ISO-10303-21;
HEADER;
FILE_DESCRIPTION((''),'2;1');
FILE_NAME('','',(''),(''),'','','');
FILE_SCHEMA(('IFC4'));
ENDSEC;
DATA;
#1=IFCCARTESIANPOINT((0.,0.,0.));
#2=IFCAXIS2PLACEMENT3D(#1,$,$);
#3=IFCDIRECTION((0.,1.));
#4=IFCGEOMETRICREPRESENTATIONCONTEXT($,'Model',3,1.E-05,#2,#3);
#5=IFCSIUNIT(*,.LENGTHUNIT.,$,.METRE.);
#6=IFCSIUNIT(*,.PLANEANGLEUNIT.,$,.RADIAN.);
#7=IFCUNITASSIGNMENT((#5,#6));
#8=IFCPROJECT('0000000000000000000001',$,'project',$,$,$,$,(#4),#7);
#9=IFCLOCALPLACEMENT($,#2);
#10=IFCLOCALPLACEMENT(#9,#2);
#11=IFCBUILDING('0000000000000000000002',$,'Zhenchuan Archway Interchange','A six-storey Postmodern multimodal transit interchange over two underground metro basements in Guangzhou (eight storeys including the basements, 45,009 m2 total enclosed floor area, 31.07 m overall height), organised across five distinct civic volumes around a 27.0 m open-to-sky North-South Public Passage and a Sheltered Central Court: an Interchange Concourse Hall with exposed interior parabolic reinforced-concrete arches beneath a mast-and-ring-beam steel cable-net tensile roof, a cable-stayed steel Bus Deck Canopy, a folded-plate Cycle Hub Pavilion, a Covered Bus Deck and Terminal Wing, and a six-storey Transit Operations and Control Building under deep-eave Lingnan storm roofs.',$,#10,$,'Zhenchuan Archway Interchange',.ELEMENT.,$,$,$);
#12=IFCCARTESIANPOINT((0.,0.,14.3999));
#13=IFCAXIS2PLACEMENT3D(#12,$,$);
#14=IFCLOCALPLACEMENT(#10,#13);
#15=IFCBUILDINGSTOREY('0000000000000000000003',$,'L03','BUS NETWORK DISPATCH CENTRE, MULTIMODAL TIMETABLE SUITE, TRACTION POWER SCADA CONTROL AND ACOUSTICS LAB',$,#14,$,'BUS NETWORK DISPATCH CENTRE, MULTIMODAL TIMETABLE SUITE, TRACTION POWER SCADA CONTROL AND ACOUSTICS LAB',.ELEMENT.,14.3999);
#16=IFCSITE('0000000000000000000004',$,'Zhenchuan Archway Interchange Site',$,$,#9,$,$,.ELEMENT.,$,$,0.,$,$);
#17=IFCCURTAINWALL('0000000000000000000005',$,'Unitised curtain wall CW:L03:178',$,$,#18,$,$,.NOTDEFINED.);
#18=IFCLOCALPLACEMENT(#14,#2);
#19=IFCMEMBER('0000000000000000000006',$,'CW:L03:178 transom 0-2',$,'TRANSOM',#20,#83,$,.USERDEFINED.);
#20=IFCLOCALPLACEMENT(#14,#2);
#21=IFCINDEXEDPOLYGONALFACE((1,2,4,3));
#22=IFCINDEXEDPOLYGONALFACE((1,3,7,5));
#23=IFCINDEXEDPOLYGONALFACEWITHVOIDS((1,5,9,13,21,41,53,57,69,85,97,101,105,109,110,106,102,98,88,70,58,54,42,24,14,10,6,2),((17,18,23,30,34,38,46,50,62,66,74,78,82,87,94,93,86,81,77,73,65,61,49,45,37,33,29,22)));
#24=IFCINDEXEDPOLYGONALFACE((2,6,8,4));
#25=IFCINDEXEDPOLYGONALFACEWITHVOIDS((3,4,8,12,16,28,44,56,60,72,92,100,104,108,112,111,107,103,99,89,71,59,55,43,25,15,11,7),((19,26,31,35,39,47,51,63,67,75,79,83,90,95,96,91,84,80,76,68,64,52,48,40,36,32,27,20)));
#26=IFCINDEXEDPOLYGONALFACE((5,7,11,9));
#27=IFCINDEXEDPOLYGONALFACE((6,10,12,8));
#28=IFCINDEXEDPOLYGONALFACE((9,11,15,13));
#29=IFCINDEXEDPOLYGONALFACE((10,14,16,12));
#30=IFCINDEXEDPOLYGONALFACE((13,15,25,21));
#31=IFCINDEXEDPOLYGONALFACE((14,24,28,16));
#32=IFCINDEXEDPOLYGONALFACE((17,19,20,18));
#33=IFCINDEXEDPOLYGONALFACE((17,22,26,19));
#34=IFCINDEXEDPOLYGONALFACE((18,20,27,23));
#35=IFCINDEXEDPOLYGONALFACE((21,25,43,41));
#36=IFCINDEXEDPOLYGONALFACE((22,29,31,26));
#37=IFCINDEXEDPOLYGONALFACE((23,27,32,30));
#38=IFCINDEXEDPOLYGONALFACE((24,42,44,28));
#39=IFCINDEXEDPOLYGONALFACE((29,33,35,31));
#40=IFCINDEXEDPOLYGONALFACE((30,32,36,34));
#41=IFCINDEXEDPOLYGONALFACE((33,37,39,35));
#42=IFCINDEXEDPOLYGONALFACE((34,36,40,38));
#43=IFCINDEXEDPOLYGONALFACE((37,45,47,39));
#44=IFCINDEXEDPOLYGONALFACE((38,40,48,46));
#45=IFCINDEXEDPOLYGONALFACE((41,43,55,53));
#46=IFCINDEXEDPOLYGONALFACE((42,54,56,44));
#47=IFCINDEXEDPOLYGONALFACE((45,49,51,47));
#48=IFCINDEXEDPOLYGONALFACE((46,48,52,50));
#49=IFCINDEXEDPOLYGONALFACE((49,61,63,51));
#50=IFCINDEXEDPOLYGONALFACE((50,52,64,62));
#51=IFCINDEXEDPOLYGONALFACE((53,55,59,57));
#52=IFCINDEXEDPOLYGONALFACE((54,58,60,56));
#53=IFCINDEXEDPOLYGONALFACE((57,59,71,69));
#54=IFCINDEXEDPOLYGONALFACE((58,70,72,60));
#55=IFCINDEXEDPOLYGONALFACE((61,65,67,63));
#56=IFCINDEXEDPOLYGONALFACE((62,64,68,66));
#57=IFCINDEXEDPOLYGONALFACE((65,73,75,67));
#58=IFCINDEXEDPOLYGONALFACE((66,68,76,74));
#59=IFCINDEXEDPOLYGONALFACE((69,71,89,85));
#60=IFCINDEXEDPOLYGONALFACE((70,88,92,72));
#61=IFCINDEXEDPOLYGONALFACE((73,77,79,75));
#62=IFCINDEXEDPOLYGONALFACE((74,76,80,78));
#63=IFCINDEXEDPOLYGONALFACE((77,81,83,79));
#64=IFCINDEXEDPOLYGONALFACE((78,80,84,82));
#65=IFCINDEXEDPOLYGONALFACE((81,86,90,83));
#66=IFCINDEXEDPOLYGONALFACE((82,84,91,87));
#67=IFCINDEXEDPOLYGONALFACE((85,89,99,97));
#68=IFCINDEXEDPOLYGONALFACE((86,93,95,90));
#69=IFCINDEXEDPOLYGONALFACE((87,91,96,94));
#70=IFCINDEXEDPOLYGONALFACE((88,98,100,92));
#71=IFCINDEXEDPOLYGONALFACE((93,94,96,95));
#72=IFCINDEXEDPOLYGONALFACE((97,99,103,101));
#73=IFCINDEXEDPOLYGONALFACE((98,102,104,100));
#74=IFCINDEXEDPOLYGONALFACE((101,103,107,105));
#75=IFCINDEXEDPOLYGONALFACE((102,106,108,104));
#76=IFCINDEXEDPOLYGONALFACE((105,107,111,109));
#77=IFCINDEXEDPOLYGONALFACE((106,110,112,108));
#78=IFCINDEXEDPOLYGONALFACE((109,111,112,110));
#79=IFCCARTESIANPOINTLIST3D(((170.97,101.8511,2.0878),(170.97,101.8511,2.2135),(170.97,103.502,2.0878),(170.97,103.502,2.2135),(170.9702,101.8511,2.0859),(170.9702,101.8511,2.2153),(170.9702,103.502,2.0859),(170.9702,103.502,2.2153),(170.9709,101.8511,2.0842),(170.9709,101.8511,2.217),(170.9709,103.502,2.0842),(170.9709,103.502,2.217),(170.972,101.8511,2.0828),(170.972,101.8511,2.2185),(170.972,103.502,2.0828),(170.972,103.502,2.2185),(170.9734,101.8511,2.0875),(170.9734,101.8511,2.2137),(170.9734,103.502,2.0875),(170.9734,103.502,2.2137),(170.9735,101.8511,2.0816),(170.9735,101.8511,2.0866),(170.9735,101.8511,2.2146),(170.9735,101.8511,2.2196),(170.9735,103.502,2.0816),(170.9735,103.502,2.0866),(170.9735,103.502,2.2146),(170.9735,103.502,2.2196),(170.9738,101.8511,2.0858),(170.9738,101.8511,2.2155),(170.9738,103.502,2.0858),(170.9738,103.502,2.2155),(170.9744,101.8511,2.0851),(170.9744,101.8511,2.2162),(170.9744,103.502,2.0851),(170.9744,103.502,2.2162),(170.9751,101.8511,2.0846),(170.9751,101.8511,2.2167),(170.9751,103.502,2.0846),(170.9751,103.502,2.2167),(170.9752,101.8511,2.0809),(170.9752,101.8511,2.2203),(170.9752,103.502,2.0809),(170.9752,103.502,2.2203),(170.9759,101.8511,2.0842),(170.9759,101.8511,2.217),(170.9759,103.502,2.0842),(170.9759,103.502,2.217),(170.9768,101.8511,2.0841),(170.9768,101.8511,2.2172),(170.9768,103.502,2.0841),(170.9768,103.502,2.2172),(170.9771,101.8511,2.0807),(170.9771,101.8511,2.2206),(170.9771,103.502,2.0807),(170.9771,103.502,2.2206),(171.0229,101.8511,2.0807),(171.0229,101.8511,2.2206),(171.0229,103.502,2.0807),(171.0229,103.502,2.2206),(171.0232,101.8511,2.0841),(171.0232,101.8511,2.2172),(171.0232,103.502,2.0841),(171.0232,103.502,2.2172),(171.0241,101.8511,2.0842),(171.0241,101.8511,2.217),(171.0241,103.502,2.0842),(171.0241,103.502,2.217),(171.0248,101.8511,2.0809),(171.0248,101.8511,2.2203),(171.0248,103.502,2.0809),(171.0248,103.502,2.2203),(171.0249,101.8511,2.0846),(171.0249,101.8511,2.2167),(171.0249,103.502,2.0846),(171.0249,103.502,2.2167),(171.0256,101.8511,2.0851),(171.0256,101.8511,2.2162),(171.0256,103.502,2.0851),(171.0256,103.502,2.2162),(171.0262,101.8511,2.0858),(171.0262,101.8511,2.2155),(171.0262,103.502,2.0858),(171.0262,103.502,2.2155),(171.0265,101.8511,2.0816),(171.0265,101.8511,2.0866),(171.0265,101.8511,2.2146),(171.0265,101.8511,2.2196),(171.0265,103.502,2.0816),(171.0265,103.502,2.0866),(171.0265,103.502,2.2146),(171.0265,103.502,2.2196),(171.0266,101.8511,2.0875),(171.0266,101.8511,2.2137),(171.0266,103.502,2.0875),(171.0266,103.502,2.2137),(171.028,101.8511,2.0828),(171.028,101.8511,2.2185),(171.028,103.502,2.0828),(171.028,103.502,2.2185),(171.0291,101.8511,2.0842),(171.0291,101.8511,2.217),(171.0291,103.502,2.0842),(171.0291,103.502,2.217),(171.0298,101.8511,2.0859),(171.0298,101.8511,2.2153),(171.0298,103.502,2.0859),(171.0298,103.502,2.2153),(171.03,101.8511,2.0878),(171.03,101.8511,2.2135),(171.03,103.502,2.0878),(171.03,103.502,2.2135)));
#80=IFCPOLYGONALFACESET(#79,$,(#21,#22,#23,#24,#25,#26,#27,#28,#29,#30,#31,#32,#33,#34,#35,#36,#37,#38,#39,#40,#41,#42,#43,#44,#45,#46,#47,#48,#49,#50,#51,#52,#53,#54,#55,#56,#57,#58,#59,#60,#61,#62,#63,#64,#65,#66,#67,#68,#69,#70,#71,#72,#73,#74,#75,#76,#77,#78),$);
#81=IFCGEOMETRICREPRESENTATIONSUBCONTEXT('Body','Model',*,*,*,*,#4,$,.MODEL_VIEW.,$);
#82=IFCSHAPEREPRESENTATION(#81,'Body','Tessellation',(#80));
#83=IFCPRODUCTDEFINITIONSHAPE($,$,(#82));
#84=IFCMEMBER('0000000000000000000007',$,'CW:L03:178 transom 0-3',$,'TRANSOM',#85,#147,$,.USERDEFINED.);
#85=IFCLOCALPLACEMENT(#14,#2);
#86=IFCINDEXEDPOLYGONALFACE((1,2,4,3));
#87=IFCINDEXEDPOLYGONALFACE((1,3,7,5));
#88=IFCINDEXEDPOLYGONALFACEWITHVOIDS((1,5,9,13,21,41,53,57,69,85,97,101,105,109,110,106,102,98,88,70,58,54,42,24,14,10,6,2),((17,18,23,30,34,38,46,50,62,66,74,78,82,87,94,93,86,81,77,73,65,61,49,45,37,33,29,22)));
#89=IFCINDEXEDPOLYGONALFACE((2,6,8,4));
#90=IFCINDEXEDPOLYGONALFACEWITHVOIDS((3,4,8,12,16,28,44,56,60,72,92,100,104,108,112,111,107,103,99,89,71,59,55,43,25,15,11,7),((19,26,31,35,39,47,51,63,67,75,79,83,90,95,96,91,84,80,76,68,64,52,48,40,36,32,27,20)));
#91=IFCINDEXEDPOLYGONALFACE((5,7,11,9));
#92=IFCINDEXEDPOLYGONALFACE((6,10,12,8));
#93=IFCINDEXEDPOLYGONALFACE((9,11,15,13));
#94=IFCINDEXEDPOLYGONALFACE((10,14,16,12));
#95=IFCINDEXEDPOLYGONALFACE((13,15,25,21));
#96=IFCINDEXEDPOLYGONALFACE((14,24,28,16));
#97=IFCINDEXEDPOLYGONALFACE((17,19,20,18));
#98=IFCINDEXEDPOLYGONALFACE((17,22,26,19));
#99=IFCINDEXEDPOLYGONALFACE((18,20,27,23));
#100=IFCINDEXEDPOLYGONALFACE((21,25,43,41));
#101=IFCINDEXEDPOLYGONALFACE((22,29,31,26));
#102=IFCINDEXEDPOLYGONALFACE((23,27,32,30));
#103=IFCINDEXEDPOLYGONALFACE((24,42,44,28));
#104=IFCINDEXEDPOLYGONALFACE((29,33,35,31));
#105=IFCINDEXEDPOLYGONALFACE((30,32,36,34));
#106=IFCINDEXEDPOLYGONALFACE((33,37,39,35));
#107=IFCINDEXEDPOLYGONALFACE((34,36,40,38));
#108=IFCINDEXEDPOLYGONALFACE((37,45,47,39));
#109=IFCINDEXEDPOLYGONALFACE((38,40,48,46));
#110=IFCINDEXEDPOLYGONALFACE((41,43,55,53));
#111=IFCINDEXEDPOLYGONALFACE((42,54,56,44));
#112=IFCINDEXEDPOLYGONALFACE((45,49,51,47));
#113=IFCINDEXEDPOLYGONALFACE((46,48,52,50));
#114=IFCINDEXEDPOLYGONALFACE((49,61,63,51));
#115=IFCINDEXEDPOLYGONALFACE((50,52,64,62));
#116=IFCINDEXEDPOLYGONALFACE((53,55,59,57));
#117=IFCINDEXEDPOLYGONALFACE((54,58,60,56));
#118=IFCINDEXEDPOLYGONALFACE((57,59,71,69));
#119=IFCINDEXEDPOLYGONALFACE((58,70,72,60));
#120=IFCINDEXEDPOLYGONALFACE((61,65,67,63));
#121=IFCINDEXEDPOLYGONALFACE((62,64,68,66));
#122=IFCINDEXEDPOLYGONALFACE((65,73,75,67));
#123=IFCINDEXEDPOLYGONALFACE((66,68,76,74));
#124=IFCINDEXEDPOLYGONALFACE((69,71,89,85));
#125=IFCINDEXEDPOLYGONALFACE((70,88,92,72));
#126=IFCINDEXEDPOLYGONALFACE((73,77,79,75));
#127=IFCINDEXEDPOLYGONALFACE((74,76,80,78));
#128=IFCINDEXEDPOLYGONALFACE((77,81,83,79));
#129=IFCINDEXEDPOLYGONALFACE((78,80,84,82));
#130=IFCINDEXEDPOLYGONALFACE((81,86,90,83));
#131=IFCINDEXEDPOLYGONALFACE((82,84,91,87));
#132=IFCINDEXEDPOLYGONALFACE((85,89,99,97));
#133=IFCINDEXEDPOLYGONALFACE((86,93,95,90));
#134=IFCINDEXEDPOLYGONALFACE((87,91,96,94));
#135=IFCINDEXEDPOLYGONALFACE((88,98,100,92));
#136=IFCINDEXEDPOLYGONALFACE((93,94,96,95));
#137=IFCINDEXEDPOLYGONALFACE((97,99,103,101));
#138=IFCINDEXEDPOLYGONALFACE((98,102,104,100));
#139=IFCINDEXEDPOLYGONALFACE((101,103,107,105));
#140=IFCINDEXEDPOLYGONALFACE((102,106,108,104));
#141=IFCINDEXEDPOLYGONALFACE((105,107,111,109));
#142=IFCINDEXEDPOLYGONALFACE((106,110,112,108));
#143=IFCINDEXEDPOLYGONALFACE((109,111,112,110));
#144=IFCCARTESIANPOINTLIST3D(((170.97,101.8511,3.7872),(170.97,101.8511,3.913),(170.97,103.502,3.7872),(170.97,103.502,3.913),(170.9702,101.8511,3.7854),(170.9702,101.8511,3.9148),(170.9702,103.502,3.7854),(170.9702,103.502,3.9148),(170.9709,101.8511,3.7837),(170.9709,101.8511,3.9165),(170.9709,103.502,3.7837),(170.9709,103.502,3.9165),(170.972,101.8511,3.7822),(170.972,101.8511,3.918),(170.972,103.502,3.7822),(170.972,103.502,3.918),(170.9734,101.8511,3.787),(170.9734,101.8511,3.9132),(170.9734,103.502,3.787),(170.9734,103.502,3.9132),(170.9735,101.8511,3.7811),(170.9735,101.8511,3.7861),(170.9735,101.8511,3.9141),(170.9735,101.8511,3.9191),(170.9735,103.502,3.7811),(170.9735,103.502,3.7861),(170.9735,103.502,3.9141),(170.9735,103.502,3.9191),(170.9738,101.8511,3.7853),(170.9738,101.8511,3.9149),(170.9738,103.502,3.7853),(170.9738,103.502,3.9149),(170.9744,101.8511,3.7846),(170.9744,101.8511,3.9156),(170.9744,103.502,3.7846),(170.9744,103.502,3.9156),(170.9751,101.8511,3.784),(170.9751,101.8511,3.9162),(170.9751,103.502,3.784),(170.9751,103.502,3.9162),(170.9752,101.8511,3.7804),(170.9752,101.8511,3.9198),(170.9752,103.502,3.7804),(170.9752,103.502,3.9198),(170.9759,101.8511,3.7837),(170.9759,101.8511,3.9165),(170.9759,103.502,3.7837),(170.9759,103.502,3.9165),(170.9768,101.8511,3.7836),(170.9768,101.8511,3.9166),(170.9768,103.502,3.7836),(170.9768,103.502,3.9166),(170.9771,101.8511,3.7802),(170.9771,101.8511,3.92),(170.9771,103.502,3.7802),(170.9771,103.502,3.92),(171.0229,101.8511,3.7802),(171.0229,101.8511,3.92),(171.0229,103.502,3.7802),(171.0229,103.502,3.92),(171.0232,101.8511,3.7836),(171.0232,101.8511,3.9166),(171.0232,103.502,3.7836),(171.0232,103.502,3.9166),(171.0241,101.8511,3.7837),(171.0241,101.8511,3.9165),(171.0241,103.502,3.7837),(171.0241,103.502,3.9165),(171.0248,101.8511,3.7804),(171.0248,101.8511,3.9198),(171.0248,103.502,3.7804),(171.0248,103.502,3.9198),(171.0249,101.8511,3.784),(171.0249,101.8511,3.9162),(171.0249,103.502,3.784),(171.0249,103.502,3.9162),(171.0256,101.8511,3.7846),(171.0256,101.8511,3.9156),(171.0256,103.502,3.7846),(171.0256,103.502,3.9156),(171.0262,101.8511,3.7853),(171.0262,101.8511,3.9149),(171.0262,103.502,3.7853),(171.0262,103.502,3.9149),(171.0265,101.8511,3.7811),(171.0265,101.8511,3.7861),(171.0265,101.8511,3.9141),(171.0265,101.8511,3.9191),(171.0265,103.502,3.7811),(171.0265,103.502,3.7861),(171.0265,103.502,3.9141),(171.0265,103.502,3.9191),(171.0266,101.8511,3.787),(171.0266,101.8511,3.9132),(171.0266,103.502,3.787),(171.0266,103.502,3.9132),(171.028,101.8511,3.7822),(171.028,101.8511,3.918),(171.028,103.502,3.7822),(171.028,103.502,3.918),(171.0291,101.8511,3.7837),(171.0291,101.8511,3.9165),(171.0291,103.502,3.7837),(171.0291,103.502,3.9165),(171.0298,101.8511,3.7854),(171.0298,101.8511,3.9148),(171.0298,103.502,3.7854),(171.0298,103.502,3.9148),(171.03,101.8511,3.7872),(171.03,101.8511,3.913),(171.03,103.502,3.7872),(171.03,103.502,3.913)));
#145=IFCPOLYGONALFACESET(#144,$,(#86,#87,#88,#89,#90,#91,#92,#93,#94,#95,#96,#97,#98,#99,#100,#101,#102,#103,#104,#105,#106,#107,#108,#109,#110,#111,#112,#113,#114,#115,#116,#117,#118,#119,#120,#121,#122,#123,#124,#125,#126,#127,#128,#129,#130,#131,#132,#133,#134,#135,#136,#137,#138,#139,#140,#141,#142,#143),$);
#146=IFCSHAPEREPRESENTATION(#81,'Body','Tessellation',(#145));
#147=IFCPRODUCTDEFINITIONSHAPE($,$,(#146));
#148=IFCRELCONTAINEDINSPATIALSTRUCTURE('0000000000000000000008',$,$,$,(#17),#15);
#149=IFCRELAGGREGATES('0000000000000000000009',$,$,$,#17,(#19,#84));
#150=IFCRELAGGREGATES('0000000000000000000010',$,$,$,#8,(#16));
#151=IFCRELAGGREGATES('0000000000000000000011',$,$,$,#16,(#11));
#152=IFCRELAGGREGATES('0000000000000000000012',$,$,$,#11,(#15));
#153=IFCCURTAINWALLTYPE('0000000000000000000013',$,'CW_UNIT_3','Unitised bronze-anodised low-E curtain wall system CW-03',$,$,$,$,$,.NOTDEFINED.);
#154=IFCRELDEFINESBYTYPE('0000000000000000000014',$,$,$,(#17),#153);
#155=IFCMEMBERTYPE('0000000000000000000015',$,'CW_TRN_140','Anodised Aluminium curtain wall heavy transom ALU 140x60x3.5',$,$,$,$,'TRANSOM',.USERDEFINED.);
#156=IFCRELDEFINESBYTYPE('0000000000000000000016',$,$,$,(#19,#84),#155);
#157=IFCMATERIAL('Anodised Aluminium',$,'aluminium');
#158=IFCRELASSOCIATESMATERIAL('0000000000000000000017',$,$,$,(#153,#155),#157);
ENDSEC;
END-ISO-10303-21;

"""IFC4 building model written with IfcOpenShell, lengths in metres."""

from ifc_helpers import new_model, si_unit, direction, frame, origin, origin_2d, place, context, subcontext, project, spatial, hollow_rectangle, extrude, material, material_profile, profile_set, type_object, element, aggregate, save


model = new_model("IFC4")

# Units and contexts
model_context = context("Model", 3, precision=1e-05, world=origin(), true_north=direction((0.0, 1.0)))
body_context = subcontext(model_context, "Body", "Model", "MODEL_VIEW")
ifc_project = project(units=[si_unit("LENGTHUNIT", "METRE"), si_unit("PLANEANGLEUNIT", "RADIAN")], contexts=[model_context])

# Site, building, storey
site_placement = place(None, origin())
site = spatial("IfcSite", under=ifc_project, at=site_placement, Name="Zhenchuan Archway Interchange Site", CompositionType="ELEMENT", RefElevation=0.0)
building_placement = place(site_placement, origin())
building = spatial("IfcBuilding", under=site, at=building_placement, Name="Zhenchuan Archway Interchange", Description="A six-storey Postmodern multimodal transit interchange over two underground metro basements in Guangzhou (eight storeys including the basements, 45,009 m2 total enclosed floor area, 31.07 m overall height), organised across five distinct civic volumes around a 27.0 m open-to-sky North-South Public Passage and a Sheltered Central Court: an Interchange Concourse Hall with exposed interior parabolic reinforced-concrete arches beneath a mast-and-ring-beam steel cable-net tensile roof, a cable-stayed steel Bus Deck Canopy, a folded-plate Cycle Hub Pavilion, a Covered Bus Deck and Terminal Wing, and a six-storey Transit Operations and Control Building under deep-eave Lingnan storm roofs.", LongName="Zhenchuan Archway Interchange", CompositionType="ELEMENT")
storey_placement = place(building_placement, frame((0.0, 0.0, 14.3999)))
storey = spatial("IfcBuildingStorey", under=building, at=storey_placement, Name="L03", Description="BUS NETWORK DISPATCH CENTRE, MULTIMODAL TIMETABLE SUITE, TRACTION POWER SCADA CONTROL AND ACOUSTICS LAB", LongName="BUS NETWORK DISPATCH CENTRE, MULTIMODAL TIMETABLE SUITE, TRACTION POWER SCADA CONTROL AND ACOUSTICS LAB", CompositionType="ELEMENT", Elevation=14.3999)

# Curtain wall
ifc_material_1 = material(Name="Anodised Aluminium", Category="aluminium")
curtain_wall_type_1 = type_object("IfcCurtainWallType", Name="CW_UNIT_3", Description="Unitised bronze-anodised low-E curtain wall system CW-03", PredefinedType="NOTDEFINED", material=ifc_material_1)
curtain_wall_1_placement = place(storey_placement, origin())
curtain_wall_1 = element("IfcCurtainWall", 1, at=curtain_wall_1_placement, inside=storey, type_object=curtain_wall_type_1, Name="Unitised curtain wall CW:L03:178", PredefinedType="NOTDEFINED")

# Members
ifc_material_profile_1 = material_profile(ifc_material_1, hollow_rectangle(XDim=0.0601, YDim=0.1399, WallThickness=0.0034, InnerFilletRadius=0.0034, OuterFilletRadius=0.0071, at=origin_2d()), Name="ALU 140x60x3.5")
ifc_profile_set_1 = profile_set([ifc_material_profile_1], Name="Anodised Aluminium")
member_type_1 = type_object("IfcMemberType", Name="CW_TRN_140", Description="Anodised Aluminium curtain wall heavy transom ALU 140x60x3.5", ElementType="TRANSOM", PredefinedType="USERDEFINED", material=ifc_profile_set_1)
member_1_placement = place(storey_placement, frame((171.0, 103.502, 2.1506), z_axis=(0.0, -1.0, 0.0), x_axis=(1.0, 0.0, 0.0)))
member_1 = element("IfcMember", 2, at=member_1_placement, type_object=member_type_1, Name="CW:L03:178 transom 0-2", ObjectType="TRANSOM", PredefinedType="USERDEFINED", context=body_context, shape_type="SweptSolid", body=[
    extrude(hollow_rectangle(XDim=0.0601, YDim=0.1399, WallThickness=0.0034, InnerFilletRadius=0.0034, OuterFilletRadius=0.0071, at=origin_2d()), origin(), (0.0, 0.0, 1.0), 1.6509),
])
member_2_placement = place(storey_placement, frame((171.0, 103.502, 3.8501), z_axis=(0.0, -1.0, 0.0), x_axis=(1.0, 0.0, 0.0)))
member_2 = element("IfcMember", 3, at=member_2_placement, type_object=member_type_1, Name="CW:L03:178 transom 0-3", ObjectType="TRANSOM", PredefinedType="USERDEFINED", context=body_context, shape_type="SweptSolid", body=[
    extrude(hollow_rectangle(XDim=0.0601, YDim=0.1399, WallThickness=0.0034, InnerFilletRadius=0.0034, OuterFilletRadius=0.0071, at=origin_2d()), origin(), (0.0, 0.0, 1.0), 1.6509),
])

aggregate(curtain_wall_1, [member_1, member_2])

save(model, "model.ifc")
